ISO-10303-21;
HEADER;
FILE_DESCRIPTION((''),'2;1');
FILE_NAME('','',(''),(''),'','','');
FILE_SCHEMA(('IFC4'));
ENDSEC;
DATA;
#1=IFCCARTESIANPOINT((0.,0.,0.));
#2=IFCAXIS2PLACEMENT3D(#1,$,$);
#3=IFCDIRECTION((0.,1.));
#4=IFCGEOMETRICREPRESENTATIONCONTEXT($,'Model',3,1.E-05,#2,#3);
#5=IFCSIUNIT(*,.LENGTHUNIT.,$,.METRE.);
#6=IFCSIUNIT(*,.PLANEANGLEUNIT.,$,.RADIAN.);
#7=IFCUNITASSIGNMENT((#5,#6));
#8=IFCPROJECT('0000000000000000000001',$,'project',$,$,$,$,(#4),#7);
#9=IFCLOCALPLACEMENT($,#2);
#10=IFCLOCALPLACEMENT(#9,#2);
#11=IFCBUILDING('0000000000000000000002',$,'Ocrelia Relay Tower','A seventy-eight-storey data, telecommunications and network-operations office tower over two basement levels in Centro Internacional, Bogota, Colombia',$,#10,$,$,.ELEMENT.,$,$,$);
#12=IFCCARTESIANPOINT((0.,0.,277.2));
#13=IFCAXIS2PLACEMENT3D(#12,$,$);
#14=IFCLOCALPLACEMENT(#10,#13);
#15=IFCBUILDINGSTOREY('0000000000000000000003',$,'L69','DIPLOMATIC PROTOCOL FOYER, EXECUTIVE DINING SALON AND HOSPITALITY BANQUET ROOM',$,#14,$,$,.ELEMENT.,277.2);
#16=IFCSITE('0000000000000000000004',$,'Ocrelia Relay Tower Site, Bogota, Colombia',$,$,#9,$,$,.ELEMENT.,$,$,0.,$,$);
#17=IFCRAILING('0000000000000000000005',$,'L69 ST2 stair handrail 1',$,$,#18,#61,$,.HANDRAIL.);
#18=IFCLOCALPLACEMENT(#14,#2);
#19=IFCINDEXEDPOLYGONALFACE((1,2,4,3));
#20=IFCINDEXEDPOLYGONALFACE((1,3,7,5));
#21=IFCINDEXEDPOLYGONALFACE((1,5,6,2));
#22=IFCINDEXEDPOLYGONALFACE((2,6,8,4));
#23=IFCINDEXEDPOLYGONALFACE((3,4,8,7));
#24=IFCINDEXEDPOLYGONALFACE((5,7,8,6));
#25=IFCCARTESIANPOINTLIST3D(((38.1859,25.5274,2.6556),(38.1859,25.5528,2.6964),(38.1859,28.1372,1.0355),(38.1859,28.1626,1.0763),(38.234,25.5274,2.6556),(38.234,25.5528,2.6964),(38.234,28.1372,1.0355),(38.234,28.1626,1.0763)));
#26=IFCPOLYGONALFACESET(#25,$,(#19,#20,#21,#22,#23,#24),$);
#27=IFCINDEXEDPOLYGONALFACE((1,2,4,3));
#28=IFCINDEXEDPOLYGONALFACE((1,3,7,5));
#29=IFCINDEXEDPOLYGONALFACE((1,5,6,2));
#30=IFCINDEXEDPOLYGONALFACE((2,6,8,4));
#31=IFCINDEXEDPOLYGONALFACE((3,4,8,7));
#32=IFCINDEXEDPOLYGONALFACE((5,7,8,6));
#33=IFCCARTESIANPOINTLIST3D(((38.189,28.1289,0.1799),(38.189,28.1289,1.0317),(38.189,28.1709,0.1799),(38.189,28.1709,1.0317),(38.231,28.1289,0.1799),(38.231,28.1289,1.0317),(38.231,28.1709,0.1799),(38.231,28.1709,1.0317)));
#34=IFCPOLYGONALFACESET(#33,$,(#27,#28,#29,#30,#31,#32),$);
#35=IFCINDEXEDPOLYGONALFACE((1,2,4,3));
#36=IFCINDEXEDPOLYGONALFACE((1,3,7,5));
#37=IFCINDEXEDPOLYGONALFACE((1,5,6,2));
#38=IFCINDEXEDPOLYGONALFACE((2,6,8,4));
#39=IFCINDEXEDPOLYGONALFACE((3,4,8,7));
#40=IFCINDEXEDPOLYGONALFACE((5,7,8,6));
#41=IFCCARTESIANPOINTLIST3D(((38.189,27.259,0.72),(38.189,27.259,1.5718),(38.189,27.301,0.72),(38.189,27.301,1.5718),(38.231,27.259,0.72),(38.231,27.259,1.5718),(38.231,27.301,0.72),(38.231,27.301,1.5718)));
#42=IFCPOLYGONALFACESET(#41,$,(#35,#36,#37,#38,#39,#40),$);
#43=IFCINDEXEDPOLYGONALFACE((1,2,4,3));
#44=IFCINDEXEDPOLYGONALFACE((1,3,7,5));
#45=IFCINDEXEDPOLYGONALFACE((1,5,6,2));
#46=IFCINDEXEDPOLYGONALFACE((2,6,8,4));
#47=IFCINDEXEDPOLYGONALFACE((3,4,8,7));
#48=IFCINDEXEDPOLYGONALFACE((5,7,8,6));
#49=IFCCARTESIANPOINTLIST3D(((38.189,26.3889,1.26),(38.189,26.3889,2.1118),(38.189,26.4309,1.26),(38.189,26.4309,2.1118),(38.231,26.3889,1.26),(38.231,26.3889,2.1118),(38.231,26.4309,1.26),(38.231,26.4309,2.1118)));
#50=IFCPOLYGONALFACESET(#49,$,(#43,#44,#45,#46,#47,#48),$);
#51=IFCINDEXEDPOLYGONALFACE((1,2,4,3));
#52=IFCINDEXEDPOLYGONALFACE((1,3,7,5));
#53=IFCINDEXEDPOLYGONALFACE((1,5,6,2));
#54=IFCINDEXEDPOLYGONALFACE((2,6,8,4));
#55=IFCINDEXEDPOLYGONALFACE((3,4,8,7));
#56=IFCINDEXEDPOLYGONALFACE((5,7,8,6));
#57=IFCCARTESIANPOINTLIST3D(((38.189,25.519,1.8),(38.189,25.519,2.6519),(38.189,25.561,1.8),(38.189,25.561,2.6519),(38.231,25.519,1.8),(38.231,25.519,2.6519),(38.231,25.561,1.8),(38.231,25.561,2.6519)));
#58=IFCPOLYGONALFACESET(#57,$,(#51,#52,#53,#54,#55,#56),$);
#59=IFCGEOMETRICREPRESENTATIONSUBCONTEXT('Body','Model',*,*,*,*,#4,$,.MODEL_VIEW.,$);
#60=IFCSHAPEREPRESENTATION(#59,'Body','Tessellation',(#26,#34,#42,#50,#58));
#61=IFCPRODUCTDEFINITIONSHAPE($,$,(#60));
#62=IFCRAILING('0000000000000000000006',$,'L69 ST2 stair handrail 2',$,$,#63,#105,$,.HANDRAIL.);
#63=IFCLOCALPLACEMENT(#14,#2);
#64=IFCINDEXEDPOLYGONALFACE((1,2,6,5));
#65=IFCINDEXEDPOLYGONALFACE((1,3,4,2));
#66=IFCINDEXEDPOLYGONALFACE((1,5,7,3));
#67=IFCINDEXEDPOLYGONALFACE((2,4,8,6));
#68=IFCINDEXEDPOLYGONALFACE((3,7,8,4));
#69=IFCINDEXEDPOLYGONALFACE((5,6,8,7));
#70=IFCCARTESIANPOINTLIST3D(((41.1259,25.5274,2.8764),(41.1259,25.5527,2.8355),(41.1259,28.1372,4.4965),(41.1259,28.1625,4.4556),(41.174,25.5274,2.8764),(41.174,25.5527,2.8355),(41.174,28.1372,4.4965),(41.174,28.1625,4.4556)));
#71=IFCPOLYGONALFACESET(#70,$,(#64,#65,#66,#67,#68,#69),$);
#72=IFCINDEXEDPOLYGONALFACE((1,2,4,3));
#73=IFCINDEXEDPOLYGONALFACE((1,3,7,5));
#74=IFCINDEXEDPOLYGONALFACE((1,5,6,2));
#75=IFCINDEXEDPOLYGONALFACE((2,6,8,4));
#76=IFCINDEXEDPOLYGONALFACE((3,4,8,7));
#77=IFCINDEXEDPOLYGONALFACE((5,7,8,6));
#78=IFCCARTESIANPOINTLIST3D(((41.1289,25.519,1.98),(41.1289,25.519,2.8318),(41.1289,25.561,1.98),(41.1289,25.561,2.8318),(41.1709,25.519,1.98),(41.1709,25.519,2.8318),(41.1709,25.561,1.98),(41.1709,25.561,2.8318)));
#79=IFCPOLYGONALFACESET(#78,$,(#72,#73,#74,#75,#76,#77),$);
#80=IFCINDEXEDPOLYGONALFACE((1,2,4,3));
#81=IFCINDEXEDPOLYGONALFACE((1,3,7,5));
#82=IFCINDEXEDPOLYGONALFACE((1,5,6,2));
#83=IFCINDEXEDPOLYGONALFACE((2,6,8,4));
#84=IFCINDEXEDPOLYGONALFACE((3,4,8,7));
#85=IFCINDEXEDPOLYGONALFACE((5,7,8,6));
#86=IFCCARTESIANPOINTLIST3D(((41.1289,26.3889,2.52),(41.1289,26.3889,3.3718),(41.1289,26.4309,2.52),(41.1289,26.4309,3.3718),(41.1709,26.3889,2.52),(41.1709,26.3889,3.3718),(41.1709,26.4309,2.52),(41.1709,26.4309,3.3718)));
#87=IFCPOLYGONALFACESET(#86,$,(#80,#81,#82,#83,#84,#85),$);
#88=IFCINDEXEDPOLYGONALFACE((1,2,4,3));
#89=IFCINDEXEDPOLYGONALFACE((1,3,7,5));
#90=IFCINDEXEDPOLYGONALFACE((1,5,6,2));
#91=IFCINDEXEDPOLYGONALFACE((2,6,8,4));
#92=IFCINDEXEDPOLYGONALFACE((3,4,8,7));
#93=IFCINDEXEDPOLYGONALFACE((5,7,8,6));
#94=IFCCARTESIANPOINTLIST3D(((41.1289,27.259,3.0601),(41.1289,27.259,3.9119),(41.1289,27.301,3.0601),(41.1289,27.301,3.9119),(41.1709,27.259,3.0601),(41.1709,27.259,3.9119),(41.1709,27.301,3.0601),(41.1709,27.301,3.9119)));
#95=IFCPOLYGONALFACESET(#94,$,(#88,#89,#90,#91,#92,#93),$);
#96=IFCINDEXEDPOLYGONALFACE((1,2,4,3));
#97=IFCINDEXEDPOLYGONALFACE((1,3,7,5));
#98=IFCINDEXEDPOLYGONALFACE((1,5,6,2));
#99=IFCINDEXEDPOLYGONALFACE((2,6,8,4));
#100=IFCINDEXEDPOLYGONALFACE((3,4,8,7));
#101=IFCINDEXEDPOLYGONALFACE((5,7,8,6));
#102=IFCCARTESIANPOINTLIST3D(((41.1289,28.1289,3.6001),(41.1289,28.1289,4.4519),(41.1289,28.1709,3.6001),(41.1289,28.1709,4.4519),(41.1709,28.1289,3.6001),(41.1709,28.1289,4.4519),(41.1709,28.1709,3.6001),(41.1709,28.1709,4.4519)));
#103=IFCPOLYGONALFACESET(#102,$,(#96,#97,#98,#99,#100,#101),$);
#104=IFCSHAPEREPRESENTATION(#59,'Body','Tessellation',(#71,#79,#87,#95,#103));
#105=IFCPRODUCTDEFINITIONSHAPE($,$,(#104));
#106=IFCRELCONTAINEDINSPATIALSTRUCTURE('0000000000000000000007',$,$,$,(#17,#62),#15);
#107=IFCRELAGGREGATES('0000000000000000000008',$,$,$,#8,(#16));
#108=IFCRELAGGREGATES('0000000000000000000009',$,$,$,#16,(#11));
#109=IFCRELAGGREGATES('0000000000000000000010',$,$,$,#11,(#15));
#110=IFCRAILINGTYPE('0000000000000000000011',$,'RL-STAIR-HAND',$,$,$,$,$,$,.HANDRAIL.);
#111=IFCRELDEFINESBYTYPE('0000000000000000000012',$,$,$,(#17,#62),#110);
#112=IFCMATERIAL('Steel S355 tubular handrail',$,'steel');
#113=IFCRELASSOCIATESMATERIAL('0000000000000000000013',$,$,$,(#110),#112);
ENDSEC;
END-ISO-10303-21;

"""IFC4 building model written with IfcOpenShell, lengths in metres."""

from ifc_helpers import new_model, si_unit, direction, frame, origin, origin_2d, place, context, subcontext, project, spatial, rectangle, extrude, material, type_object, element, save


model = new_model("IFC4")

# Units and contexts
model_context = context("Model", 3, precision=1e-05, world=origin(), true_north=direction((0.0, 1.0)))
body_context = subcontext(model_context, "Body", "Model", "MODEL_VIEW")
ifc_project = project(units=[si_unit("LENGTHUNIT", "METRE"), si_unit("PLANEANGLEUNIT", "RADIAN")], contexts=[model_context])

# Site, building, storey
site_placement = place(None, origin())
site = spatial("IfcSite", under=ifc_project, at=site_placement, Name="Ocrelia Relay Tower Site, Bogota, Colombia", CompositionType="ELEMENT", RefElevation=0.0)
building_placement = place(site_placement, origin())
building = spatial("IfcBuilding", under=site, at=building_placement, Name="Ocrelia Relay Tower", Description="A seventy-eight-storey data, telecommunications and network-operations office tower over two basement levels in Centro Internacional, Bogota, Colombia", CompositionType="ELEMENT")
storey_placement = place(building_placement, frame((0.0, 0.0, 277.2)))
storey = spatial("IfcBuildingStorey", under=building, at=storey_placement, Name="L69", Description="DIPLOMATIC PROTOCOL FOYER, EXECUTIVE DINING SALON AND HOSPITALITY BANQUET ROOM", CompositionType="ELEMENT", Elevation=277.2)

# Railings
ifc_material_1 = material(Name="Steel S355 tubular handrail", Category="steel")
railing_type_1 = type_object("IfcRailingType", Name="RL-STAIR-HAND", PredefinedType="HANDRAIL", material=ifc_material_1)
railing_1_placement = place(storey_placement, frame((38.21, 28.1499, 0.1799)))
element("IfcRailing", 1, at=railing_1_placement, inside=storey, type_object=railing_type_1, Name="L69 ST2 stair handrail 1", PredefinedType="HANDRAIL", context=body_context, shape_type="SweptSolid", body=[
    extrude(rectangle(XDim=0.0481, YDim=0.0481, at=origin_2d()), frame((0.0, 0.0, 0.876), z_axis=(0.0, -0.849611, 0.52741), x_axis=(1.0, 0.0, 0.0)), (0.0, 0.0, 1.0), 3.0718),
    extrude(rectangle(XDim=0.042, YDim=0.042, at=origin_2d()), origin(), (0.0, 0.0, 1.0), 0.8518),
    extrude(rectangle(XDim=0.042, YDim=0.042, at=origin_2d()), frame((0.0, -0.8699, 0.54)), (0.0, 0.0, 1.0), 0.8518),
    extrude(rectangle(XDim=0.042, YDim=0.042, at=origin_2d()), frame((0.0, -1.74, 1.0801)), (0.0, 0.0, 1.0), 0.8518),
    extrude(rectangle(XDim=0.042, YDim=0.042, at=origin_2d()), frame((0.0, -2.6099, 1.6201)), (0.0, 0.0, 1.0), 0.8518),
])
railing_2_placement = place(storey_placement, frame((41.1499, 25.54, 1.98)))
element("IfcRailing", 2, at=railing_2_placement, inside=storey, type_object=railing_type_1, Name="L69 ST2 stair handrail 2", PredefinedType="HANDRAIL", context=body_context, shape_type="SweptSolid", body=[
    extrude(rectangle(XDim=0.0481, YDim=0.0481, at=origin_2d()), frame((0.0, 0.0, 0.876), z_axis=(0.0, 0.849611, 0.52741), x_axis=(-1.0, 0.0, 0.0)), (0.0, 0.0, 1.0), 3.0718),
    extrude(rectangle(XDim=0.042, YDim=0.042, at=origin_2d()), origin(), (0.0, 0.0, 1.0), 0.8518),
    extrude(rectangle(XDim=0.042, YDim=0.042, at=origin_2d()), frame((0.0, 0.8699, 0.54)), (0.0, 0.0, 1.0), 0.8518),
    extrude(rectangle(XDim=0.042, YDim=0.042, at=origin_2d()), frame((0.0, 1.74, 1.0801)), (0.0, 0.0, 1.0), 0.8518),
    extrude(rectangle(XDim=0.042, YDim=0.042, at=origin_2d()), frame((0.0, 2.6099, 1.6201)), (0.0, 0.0, 1.0), 0.8518),
])

save(model, "model.ifc")
